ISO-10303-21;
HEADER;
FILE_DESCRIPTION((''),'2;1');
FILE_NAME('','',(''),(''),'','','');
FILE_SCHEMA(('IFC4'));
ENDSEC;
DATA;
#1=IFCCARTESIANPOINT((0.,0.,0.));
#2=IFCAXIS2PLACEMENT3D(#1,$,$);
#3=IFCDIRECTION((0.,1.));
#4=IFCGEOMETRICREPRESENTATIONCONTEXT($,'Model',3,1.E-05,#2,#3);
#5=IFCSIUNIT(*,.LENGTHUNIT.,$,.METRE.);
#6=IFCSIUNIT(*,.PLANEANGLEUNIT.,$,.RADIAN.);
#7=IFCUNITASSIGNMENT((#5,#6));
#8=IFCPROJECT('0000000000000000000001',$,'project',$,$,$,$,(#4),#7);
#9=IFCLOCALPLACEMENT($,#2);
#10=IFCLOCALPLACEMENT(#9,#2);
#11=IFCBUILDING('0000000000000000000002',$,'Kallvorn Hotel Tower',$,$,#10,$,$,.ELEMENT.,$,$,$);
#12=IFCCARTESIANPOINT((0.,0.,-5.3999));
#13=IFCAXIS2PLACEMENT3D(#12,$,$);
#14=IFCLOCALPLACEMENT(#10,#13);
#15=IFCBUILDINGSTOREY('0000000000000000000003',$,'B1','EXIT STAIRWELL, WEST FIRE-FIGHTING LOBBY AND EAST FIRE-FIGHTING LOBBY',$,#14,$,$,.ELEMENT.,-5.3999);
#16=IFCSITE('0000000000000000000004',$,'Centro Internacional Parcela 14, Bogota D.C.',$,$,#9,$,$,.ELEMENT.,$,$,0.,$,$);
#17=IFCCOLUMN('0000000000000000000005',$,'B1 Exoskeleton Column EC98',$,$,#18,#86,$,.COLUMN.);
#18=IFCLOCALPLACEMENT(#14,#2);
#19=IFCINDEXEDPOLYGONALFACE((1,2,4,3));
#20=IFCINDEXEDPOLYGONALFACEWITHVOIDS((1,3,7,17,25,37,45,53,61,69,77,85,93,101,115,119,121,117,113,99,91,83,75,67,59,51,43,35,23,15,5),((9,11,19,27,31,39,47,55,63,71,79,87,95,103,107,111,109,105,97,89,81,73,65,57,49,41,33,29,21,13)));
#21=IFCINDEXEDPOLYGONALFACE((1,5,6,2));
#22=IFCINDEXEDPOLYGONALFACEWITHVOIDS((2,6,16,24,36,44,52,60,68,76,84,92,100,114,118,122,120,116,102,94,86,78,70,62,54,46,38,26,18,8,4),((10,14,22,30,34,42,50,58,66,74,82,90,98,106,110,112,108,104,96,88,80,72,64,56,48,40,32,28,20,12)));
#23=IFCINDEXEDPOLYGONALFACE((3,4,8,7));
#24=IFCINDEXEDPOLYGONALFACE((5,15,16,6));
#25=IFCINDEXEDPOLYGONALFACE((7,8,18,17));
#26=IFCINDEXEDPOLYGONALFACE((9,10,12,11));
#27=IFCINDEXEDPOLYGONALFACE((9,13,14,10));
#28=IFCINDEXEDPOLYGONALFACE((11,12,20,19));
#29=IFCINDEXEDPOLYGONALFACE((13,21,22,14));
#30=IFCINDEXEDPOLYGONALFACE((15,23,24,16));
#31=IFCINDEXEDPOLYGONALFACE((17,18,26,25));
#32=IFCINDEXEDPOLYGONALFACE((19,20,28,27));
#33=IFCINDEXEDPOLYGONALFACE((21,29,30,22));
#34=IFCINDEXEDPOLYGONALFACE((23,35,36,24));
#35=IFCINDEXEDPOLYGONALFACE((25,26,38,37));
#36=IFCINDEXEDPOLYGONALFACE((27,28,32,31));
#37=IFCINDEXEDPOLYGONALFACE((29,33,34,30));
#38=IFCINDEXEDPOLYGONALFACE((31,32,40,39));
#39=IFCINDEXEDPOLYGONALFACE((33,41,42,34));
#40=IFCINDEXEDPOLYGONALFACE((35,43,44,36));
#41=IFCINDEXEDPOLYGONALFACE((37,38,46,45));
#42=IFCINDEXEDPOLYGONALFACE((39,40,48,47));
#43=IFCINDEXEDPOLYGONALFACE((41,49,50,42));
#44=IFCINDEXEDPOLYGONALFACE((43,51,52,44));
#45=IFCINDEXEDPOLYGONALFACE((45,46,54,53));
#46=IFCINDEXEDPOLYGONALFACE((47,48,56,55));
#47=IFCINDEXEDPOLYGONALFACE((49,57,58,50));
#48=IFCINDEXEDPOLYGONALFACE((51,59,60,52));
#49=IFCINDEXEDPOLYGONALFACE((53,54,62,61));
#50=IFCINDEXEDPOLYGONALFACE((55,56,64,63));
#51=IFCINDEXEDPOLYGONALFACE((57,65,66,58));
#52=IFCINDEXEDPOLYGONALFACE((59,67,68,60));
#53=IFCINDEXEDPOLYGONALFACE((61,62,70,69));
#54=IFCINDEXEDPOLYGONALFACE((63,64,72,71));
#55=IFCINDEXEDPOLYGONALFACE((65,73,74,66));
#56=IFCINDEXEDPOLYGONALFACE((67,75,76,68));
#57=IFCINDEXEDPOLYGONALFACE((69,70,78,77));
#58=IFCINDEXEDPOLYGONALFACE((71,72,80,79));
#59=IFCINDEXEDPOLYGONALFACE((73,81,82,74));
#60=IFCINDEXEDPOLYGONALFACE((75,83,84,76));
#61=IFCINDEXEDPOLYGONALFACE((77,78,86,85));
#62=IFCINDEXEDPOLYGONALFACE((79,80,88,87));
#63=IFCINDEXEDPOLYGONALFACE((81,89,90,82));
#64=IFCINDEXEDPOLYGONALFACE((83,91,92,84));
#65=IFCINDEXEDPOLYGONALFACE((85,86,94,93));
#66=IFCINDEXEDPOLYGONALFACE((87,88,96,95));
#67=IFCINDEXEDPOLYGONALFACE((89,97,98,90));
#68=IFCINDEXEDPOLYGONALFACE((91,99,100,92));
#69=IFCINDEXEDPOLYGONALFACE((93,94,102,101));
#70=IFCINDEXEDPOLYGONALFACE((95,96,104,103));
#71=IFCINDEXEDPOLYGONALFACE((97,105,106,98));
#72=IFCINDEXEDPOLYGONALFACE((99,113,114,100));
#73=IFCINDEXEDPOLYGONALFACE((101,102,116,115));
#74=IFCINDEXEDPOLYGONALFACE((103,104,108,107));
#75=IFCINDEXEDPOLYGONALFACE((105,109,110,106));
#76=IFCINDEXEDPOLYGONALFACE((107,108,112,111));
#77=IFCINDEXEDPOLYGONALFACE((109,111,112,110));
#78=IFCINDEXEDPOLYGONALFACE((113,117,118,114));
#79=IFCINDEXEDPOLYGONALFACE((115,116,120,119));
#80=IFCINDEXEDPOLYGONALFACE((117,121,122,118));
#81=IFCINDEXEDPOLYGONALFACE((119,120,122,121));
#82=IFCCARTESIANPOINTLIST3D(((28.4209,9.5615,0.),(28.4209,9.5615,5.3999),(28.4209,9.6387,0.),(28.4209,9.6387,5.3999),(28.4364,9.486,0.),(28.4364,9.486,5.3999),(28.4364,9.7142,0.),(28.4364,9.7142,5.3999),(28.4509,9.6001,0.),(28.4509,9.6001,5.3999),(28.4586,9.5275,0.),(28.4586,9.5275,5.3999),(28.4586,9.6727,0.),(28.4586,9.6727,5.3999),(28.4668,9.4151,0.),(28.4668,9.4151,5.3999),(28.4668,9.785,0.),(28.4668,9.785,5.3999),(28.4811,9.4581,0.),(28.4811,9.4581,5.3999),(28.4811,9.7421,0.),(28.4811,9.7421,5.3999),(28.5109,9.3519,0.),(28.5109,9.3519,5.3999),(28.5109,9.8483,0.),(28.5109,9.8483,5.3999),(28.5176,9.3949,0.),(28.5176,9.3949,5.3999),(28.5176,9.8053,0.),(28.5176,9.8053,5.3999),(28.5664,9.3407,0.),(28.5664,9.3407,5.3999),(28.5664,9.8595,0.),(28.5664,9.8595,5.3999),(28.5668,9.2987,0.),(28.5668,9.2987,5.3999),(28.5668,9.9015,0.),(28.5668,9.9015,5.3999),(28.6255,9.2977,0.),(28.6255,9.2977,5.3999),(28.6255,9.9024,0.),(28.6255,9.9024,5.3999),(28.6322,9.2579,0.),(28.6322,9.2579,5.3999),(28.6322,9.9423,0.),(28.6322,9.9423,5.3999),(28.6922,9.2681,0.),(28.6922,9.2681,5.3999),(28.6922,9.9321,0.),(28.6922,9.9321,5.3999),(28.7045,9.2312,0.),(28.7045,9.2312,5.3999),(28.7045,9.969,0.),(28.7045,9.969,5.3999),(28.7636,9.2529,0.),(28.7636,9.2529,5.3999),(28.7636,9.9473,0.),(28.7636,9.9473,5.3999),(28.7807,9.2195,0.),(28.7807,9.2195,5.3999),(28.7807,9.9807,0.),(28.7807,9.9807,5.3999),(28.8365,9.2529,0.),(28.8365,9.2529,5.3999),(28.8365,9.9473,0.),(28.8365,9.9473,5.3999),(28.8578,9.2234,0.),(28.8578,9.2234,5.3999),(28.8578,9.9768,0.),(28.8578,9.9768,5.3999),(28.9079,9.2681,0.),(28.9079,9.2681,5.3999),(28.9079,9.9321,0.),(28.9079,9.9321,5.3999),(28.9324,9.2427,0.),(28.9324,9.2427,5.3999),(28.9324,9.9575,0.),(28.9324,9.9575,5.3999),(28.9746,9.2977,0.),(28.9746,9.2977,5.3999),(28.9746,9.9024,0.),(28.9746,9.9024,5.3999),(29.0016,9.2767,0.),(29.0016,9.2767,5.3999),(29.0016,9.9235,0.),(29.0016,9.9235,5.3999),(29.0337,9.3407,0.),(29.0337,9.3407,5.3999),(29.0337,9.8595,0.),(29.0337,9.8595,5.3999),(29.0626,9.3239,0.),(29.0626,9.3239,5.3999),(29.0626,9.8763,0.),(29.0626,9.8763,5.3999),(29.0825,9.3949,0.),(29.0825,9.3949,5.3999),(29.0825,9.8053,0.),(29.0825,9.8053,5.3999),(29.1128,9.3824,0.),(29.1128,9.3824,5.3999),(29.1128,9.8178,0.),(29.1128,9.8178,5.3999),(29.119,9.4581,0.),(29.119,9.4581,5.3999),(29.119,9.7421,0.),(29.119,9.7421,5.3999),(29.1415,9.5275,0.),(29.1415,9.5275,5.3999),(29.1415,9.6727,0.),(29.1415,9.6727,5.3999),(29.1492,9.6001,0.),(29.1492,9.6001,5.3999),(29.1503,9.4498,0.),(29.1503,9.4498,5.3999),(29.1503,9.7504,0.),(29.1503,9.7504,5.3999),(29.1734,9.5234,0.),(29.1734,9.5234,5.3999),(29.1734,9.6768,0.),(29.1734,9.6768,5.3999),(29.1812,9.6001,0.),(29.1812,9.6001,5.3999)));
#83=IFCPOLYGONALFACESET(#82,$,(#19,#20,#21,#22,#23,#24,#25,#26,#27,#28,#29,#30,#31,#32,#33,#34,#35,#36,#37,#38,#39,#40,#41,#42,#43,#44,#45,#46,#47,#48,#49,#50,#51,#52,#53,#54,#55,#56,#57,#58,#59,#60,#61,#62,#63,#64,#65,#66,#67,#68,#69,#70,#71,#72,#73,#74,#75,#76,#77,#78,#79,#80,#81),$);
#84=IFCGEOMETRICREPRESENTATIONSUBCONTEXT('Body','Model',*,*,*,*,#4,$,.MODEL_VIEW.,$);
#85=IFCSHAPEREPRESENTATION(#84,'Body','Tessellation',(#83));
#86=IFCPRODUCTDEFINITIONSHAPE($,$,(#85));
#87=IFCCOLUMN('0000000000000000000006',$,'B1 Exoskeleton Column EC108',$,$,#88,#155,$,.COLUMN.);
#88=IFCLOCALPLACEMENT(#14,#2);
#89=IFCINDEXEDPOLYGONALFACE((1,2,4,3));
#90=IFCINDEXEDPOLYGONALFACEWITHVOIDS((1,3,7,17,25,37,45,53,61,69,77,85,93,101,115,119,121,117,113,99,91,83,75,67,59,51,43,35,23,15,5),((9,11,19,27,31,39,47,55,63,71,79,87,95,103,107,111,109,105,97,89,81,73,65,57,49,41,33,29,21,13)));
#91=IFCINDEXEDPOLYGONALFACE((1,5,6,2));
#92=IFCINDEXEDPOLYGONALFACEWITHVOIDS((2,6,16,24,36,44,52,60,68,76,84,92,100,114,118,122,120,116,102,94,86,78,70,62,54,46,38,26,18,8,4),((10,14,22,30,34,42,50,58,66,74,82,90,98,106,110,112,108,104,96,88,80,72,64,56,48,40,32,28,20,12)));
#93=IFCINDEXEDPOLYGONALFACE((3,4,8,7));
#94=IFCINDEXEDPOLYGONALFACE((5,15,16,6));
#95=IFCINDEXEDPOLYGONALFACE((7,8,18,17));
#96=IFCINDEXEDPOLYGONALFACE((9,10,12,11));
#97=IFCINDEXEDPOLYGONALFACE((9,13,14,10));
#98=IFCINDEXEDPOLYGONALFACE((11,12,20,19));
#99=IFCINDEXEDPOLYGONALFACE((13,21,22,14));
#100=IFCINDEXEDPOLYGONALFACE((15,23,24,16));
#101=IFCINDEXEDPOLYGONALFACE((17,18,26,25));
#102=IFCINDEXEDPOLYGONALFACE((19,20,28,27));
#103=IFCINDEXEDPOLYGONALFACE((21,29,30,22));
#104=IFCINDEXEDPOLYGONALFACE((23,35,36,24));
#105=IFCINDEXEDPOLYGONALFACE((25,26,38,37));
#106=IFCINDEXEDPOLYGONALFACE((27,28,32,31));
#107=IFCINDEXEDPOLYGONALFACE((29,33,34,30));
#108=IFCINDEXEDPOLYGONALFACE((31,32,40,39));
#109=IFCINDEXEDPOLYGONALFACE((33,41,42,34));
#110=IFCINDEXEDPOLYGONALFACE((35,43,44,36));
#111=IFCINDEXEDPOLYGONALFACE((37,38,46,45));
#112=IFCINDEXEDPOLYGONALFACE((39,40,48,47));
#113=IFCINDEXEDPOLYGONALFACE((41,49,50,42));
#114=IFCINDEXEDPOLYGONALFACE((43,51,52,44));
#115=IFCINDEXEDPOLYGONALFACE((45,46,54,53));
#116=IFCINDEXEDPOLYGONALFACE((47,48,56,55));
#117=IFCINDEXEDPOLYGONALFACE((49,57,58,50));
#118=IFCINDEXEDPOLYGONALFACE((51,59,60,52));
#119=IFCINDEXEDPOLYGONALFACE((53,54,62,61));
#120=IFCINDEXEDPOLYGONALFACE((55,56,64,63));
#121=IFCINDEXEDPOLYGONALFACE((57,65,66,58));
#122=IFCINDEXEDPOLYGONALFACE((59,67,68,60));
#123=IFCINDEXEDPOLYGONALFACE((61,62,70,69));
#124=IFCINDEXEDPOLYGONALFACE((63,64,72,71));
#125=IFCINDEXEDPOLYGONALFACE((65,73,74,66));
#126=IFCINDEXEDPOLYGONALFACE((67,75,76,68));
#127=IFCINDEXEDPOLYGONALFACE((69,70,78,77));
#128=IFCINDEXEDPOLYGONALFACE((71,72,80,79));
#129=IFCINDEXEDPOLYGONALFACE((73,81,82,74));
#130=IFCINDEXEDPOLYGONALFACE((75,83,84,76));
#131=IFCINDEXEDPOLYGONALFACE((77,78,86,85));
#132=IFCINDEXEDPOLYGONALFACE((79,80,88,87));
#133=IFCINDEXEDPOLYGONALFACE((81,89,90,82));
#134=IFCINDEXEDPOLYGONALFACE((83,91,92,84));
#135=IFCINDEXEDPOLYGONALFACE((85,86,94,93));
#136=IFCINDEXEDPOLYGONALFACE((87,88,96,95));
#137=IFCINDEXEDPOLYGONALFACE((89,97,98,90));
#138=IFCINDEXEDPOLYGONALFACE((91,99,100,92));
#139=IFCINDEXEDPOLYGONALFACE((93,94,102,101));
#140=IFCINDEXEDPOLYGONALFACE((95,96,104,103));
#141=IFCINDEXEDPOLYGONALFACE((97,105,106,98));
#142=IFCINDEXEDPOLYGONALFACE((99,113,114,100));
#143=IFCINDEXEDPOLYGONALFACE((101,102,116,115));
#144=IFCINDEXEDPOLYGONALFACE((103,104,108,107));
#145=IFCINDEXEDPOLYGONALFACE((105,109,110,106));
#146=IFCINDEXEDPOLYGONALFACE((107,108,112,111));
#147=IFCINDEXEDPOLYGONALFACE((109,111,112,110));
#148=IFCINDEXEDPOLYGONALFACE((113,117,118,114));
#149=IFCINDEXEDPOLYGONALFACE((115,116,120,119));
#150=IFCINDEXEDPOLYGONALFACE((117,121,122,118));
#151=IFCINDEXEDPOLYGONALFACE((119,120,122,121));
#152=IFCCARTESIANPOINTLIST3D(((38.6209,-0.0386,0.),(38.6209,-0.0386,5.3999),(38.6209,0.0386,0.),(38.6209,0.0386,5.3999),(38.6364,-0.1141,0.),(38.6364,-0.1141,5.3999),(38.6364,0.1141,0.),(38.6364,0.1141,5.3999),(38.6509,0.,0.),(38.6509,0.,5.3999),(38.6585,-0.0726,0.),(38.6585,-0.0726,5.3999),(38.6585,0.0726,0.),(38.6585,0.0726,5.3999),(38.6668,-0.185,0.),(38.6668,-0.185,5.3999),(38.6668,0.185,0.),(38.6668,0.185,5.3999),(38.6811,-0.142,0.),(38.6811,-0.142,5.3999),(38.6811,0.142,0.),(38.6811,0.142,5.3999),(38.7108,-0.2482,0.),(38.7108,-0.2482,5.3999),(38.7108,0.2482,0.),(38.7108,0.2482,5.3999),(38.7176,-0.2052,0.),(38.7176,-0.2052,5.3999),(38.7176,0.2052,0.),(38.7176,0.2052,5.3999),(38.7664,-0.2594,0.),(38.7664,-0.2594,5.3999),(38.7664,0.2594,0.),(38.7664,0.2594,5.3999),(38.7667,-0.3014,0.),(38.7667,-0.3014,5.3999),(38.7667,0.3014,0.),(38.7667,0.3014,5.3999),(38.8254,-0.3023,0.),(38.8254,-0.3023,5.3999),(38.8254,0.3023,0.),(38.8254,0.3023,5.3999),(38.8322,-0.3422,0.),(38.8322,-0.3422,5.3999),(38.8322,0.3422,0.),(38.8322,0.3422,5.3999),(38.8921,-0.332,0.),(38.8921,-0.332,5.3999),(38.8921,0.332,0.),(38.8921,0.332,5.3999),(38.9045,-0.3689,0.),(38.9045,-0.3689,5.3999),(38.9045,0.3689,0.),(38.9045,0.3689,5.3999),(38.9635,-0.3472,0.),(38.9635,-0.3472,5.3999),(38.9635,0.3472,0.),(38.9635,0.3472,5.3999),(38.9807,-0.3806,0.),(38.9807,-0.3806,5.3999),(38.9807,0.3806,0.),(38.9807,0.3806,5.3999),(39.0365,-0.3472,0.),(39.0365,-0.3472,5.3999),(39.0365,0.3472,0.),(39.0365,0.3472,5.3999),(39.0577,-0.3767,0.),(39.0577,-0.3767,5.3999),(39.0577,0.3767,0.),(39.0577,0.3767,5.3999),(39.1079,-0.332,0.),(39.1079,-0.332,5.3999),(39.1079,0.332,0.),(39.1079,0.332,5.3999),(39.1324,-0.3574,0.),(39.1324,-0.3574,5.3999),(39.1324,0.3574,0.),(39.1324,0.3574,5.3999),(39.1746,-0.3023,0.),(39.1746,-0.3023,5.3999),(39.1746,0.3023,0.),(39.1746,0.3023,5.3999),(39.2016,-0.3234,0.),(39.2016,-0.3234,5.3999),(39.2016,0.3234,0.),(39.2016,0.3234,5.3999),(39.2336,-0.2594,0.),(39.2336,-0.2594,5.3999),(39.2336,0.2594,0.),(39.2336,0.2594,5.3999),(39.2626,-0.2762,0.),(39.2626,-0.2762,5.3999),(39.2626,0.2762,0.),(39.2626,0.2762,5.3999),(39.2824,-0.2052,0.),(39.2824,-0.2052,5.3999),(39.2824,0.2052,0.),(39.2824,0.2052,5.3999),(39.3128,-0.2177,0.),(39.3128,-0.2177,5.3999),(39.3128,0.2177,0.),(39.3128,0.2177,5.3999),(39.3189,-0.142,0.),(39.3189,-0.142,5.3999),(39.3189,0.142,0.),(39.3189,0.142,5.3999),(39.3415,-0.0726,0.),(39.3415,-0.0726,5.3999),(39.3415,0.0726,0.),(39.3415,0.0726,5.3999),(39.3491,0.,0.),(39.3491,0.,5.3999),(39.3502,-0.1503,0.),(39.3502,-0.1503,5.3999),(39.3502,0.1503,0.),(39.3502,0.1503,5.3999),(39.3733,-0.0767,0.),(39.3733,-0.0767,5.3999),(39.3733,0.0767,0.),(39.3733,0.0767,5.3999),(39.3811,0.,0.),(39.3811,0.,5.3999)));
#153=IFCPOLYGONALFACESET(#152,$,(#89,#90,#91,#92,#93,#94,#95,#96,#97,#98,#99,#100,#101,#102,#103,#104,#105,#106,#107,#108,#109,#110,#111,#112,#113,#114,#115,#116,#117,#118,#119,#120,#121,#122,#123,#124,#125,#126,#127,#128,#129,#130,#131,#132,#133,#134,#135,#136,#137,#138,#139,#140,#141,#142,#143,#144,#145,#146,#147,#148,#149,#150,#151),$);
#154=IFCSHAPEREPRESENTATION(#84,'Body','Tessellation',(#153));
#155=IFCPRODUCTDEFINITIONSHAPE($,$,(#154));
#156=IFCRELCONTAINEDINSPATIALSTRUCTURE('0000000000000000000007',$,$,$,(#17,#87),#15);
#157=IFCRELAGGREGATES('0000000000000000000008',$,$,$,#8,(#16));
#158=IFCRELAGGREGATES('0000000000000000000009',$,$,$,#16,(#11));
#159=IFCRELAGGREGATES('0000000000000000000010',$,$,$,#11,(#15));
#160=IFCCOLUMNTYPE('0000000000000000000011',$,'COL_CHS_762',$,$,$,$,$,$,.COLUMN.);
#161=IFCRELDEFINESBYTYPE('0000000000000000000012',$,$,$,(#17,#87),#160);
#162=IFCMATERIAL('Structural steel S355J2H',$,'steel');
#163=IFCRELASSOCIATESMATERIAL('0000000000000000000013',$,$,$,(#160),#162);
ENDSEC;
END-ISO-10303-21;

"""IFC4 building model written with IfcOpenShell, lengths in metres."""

from ifc_helpers import new_model, si_unit, direction, frame, origin, origin_2d, place, context, subcontext, project, spatial, hollow_circle, extrude, material, material_profile, profile_set, type_object, element, save


model = new_model("IFC4")

# Units and contexts
model_context = context("Model", 3, precision=1e-05, world=origin(), true_north=direction((0.0, 1.0)))
body_context = subcontext(model_context, "Body", "Model", "MODEL_VIEW")
ifc_project = project(units=[si_unit("LENGTHUNIT", "METRE"), si_unit("PLANEANGLEUNIT", "RADIAN")], contexts=[model_context])

# Site, building, storey
site_placement = place(None, origin())
site = spatial("IfcSite", under=ifc_project, at=site_placement, Name="Centro Internacional Parcela 14, Bogota D.C.", CompositionType="ELEMENT", RefElevation=0.0)
building_placement = place(site_placement, origin())
building = spatial("IfcBuilding", under=site, at=building_placement, Name="Kallvorn Hotel Tower", CompositionType="ELEMENT")
storey_placement = place(building_placement, frame((0.0, 0.0, -5.3999)))
storey = spatial("IfcBuildingStorey", under=building, at=storey_placement, Name="B1", Description="EXIT STAIRWELL, WEST FIRE-FIGHTING LOBBY AND EAST FIRE-FIGHTING LOBBY", CompositionType="ELEMENT", Elevation=-5.3999)

# Columns
ifc_material_1 = material(Name="Structural steel S355J2H", Category="steel")
ifc_material_profile_1 = material_profile(ifc_material_1, hollow_circle(Radius=0.3811, WallThickness=0.032, at=origin_2d()), Name="CHS 762x32")
ifc_profile_set_1 = profile_set([ifc_material_profile_1], Name="Structural steel S355J2H")
column_type_1 = type_object("IfcColumnType", Name="COL_CHS_762", PredefinedType="COLUMN", material=ifc_profile_set_1)
for number, where, z_axis, x_axis, name in (
    (1, (28.8, 9.6001, 0.0), (0.0, 0.0, 1.0), (1.0, 0.0, 0.0), "B1 Exoskeleton Column EC98"),
    (2, (39.0, 0.0, 0.0), (0.0, 0.0, 1.0), (1.0, 0.0, 0.0), "B1 Exoskeleton Column EC108"),
):
    element("IfcColumn", number, at=place(storey_placement, frame(where, z_axis=z_axis, x_axis=x_axis)), inside=storey, type_object=column_type_1, Name=name, PredefinedType="COLUMN", context=body_context, shape_type="SweptSolid", body=[
        extrude(hollow_circle(Radius=0.3811, WallThickness=0.032, at=origin_2d()), origin(), (0.0, 0.0, 1.0), 5.3999),
    ])

save(model, "model.ifc")
